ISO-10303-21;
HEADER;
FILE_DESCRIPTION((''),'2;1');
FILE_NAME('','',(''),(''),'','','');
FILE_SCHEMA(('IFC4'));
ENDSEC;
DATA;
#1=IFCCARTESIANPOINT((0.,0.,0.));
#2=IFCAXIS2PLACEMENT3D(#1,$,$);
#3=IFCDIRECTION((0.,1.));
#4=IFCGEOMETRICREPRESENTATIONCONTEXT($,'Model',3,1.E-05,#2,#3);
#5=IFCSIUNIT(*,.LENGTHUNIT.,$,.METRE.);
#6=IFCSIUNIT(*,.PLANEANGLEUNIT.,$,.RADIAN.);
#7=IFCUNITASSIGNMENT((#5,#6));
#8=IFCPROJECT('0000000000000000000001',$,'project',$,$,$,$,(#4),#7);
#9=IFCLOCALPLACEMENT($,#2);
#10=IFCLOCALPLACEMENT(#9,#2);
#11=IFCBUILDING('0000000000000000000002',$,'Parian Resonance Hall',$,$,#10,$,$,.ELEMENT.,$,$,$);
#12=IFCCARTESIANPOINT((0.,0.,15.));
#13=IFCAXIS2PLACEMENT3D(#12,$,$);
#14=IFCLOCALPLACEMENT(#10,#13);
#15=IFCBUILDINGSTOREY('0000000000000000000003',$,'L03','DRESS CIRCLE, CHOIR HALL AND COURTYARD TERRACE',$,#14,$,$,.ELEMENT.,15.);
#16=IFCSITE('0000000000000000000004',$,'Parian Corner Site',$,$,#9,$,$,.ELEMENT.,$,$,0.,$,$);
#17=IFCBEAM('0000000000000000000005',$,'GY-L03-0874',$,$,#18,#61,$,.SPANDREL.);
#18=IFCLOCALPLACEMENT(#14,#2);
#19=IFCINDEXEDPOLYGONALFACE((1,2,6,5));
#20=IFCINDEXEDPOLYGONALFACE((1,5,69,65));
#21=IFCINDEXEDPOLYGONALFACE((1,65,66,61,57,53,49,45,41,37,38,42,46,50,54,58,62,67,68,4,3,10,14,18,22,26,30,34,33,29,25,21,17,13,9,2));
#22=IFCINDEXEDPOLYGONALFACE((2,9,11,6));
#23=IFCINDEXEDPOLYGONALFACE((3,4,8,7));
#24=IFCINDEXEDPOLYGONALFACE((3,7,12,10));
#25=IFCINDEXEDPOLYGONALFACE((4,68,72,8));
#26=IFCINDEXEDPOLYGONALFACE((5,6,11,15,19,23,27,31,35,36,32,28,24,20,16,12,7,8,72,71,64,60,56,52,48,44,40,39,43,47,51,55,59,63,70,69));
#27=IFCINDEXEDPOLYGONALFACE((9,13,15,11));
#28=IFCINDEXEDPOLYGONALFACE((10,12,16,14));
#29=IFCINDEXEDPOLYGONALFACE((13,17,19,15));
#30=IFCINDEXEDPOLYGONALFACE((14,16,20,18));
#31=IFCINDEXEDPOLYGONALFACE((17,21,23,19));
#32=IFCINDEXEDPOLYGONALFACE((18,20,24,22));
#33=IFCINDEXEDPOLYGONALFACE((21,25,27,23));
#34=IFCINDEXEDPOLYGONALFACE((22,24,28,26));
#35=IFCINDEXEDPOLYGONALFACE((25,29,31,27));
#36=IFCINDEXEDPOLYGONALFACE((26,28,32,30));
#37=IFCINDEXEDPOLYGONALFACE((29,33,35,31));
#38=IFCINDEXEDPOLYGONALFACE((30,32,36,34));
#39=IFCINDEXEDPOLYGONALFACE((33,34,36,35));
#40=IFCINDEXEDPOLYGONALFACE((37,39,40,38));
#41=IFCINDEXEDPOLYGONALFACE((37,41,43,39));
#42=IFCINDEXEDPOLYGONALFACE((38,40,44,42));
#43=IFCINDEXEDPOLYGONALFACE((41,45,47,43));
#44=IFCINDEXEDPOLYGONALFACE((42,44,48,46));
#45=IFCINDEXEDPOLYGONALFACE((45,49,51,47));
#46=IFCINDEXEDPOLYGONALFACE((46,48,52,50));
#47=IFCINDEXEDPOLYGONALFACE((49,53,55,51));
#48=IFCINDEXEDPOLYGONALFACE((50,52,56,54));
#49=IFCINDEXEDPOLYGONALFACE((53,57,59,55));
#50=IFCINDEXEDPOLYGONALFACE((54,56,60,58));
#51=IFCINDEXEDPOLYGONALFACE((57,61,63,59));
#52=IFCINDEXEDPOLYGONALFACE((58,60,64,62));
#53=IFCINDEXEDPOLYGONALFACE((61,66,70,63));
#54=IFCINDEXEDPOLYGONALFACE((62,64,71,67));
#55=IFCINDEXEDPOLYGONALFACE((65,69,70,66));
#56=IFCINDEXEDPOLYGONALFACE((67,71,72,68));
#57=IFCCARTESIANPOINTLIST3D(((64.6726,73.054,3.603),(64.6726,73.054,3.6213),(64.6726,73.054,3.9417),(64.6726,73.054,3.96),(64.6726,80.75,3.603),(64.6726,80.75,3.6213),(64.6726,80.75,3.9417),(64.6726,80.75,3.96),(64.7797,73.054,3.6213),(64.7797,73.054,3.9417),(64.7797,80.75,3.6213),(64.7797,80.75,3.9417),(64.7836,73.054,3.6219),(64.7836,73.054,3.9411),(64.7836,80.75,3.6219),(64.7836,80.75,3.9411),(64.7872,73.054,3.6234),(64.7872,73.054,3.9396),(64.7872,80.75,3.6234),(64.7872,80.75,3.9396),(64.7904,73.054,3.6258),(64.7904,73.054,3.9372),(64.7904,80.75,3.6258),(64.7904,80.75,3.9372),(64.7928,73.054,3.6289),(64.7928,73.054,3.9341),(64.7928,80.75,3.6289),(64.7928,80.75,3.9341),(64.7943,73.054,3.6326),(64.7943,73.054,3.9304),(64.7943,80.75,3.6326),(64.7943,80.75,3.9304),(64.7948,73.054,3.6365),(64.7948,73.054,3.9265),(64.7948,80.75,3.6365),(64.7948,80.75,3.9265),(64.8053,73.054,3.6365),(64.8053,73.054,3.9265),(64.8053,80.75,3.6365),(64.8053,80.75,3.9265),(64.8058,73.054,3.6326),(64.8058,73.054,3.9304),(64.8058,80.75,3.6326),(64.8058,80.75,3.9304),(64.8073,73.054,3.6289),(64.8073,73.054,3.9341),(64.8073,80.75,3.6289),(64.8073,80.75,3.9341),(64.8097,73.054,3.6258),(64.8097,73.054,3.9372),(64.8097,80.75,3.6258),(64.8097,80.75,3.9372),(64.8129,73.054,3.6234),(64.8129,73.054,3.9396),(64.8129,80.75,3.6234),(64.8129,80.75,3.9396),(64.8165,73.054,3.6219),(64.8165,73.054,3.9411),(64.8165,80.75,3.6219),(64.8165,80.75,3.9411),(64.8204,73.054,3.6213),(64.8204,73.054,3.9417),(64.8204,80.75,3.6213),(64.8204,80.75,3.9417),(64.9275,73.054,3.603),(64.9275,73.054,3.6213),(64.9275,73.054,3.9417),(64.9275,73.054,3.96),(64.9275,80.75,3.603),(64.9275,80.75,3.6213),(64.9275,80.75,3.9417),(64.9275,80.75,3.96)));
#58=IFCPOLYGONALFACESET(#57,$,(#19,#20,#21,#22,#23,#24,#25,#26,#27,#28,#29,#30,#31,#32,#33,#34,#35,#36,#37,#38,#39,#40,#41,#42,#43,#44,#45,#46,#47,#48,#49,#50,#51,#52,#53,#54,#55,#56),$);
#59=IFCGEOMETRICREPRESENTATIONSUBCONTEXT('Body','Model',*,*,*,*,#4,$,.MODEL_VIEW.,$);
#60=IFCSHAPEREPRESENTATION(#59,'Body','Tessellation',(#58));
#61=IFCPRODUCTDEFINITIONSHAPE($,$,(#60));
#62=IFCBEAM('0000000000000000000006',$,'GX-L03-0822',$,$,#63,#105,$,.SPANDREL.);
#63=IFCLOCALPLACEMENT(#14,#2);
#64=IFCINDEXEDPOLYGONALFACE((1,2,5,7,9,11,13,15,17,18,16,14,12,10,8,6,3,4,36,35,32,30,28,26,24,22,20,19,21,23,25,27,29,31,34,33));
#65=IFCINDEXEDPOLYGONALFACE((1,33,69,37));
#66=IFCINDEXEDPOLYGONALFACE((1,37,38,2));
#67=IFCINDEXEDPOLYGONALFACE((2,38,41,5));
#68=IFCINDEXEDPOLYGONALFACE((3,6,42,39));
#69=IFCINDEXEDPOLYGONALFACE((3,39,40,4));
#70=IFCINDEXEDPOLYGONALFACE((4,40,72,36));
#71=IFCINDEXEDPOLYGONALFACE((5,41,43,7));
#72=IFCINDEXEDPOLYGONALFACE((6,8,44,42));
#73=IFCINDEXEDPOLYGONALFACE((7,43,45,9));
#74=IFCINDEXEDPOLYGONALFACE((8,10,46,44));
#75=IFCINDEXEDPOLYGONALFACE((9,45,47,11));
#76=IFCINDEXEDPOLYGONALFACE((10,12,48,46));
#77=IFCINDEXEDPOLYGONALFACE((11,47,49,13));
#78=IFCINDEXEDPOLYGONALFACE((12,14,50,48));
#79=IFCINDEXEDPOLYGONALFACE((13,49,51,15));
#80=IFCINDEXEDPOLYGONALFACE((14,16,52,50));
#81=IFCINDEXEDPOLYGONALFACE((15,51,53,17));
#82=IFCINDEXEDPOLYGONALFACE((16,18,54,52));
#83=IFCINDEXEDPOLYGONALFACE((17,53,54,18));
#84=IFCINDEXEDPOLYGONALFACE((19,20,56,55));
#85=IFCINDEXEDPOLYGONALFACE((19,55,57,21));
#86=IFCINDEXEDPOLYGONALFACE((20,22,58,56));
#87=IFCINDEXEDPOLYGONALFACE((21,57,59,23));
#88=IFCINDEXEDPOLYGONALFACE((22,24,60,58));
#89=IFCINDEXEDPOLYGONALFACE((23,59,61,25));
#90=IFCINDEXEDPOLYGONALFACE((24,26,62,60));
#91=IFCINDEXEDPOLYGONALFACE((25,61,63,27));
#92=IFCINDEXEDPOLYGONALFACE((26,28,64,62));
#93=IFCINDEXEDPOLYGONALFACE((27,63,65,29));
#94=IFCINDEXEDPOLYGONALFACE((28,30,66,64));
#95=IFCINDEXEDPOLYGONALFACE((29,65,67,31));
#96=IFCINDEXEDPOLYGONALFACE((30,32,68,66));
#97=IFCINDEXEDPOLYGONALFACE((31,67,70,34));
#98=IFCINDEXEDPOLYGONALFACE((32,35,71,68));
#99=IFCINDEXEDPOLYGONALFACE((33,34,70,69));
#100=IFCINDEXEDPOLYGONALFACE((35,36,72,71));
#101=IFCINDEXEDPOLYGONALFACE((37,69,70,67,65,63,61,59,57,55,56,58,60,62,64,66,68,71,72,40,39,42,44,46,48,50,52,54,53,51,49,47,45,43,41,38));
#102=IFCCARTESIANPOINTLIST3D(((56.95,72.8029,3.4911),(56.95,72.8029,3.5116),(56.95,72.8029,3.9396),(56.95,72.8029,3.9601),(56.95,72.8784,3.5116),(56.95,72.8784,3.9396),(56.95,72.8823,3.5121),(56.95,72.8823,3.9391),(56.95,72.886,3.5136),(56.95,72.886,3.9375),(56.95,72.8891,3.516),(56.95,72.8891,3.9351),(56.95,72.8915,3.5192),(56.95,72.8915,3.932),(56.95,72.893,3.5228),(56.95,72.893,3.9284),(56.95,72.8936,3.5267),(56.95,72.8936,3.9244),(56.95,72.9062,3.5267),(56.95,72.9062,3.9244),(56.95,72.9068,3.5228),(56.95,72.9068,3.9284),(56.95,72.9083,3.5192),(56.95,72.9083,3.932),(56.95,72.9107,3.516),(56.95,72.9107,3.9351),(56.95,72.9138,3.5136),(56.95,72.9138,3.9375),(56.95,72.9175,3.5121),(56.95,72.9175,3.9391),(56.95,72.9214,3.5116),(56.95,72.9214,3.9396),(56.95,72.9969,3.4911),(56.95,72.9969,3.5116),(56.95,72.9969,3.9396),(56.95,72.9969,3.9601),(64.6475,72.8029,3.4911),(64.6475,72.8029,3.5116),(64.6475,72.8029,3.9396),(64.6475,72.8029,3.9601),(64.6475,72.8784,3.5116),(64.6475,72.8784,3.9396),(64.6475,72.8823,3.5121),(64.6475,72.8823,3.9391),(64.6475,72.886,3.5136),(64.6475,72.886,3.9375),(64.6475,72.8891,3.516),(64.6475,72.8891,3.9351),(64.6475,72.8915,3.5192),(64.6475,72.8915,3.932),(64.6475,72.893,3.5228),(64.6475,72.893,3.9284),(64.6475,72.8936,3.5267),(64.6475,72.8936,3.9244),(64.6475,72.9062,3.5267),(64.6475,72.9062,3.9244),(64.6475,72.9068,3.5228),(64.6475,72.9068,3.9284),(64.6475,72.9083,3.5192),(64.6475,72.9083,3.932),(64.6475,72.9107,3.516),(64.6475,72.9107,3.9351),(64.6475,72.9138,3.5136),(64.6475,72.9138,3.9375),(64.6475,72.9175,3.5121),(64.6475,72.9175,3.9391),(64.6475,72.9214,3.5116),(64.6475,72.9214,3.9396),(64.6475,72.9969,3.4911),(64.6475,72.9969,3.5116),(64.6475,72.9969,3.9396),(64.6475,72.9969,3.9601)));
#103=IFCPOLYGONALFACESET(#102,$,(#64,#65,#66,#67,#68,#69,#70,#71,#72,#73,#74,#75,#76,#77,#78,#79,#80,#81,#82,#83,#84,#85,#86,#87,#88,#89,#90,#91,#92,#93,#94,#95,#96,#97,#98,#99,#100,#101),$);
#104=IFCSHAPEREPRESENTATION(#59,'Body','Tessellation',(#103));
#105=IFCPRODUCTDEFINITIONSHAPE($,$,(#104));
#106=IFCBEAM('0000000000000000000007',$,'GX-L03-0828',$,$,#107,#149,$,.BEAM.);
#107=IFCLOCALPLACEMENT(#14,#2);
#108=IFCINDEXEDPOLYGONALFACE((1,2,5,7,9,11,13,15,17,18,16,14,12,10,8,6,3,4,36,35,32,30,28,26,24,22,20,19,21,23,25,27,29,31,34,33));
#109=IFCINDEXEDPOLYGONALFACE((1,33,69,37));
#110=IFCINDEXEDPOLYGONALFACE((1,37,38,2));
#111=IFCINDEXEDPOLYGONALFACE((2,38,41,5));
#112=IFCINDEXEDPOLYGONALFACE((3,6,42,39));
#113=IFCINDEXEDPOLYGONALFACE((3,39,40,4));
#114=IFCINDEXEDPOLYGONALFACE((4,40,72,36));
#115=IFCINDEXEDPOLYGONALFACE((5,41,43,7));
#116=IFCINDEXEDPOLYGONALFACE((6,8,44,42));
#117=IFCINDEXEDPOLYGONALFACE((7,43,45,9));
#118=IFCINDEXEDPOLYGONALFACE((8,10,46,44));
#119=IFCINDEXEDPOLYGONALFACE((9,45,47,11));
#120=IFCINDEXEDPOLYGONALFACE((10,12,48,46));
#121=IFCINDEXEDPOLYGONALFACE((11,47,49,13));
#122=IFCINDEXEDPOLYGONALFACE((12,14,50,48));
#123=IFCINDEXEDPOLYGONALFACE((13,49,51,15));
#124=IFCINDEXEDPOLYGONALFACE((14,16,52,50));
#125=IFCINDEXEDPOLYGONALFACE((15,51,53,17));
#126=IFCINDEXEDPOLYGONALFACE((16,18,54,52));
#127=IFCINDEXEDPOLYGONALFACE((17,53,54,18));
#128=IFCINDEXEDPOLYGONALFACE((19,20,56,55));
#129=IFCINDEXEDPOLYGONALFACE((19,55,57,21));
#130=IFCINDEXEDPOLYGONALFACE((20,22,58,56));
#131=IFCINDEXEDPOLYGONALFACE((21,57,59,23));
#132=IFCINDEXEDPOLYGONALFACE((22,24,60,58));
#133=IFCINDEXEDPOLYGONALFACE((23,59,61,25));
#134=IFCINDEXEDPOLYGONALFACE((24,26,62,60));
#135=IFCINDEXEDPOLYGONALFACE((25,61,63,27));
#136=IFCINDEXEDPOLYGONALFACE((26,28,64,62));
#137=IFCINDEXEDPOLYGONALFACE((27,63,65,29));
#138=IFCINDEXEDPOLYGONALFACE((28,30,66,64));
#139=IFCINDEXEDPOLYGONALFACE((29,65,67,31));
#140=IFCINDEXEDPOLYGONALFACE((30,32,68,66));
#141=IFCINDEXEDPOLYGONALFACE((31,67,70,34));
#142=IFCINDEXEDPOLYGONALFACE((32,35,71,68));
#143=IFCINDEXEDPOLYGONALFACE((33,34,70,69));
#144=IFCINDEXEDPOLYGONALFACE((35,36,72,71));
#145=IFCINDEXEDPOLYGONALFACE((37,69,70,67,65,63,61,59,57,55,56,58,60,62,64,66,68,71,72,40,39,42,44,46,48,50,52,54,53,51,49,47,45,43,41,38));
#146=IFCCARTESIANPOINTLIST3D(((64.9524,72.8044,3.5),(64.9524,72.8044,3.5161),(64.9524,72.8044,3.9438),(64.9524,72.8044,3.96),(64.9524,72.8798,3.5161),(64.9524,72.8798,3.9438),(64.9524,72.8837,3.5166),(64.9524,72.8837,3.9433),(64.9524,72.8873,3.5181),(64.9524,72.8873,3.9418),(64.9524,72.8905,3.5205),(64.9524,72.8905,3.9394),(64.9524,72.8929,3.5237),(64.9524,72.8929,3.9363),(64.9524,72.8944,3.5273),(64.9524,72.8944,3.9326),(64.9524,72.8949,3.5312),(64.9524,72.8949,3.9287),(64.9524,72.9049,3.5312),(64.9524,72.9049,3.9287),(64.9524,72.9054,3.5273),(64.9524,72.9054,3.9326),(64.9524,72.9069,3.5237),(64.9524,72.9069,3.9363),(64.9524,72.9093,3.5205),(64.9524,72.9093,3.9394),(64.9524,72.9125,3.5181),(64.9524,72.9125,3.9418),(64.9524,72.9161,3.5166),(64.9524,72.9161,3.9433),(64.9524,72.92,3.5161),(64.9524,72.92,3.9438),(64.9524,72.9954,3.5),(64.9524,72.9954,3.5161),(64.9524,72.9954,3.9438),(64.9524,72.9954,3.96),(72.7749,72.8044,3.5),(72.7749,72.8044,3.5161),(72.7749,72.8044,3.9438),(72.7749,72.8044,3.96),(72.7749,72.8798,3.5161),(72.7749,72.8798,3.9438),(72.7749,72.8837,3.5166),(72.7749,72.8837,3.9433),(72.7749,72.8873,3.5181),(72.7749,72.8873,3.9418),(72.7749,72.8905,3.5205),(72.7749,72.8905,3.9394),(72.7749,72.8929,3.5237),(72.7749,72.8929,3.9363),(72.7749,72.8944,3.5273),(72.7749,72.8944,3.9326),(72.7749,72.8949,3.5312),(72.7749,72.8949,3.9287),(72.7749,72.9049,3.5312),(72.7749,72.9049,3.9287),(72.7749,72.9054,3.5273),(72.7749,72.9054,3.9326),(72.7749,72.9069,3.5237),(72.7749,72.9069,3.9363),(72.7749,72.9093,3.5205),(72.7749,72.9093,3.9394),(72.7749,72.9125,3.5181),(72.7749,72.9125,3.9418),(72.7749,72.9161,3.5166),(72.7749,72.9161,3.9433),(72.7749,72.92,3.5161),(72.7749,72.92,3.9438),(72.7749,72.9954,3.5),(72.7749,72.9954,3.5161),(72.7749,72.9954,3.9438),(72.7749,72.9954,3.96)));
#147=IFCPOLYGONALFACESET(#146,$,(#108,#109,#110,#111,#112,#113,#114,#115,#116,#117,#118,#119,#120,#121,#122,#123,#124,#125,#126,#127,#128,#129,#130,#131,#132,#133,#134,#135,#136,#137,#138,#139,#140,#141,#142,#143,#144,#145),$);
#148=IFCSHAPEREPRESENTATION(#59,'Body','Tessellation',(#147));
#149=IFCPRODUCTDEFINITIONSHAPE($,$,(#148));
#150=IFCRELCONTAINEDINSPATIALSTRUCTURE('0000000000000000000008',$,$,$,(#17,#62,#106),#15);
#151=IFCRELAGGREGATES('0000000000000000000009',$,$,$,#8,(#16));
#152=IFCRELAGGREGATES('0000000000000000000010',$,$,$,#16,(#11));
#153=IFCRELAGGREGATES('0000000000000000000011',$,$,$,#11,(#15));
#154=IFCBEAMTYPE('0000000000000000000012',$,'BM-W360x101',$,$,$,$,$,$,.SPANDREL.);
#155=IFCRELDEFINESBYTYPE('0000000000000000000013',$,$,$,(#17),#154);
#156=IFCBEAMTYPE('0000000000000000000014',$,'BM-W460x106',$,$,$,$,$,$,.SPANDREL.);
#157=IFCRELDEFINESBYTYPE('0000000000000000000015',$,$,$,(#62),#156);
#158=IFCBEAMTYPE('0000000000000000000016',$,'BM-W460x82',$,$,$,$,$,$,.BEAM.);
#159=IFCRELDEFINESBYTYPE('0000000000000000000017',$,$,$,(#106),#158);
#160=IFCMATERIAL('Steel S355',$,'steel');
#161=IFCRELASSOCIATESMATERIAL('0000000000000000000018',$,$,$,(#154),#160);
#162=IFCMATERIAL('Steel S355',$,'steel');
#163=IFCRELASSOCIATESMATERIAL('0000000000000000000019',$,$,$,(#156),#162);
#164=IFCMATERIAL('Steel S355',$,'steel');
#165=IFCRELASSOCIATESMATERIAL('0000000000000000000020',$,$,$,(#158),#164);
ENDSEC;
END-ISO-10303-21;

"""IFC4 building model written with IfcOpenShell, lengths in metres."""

from ifc_helpers import new_model, si_unit, direction, frame, origin, origin_2d, place, context, subcontext, project, spatial, i_section, extrude, material, material_profile, profile_set, type_object, element, save


model = new_model("IFC4")

# Units and contexts
model_context = context("Model", 3, precision=1e-05, world=origin(), true_north=direction((0.0, 1.0)))
body_context = subcontext(model_context, "Body", "Model", "MODEL_VIEW")
ifc_project = project(units=[si_unit("LENGTHUNIT", "METRE"), si_unit("PLANEANGLEUNIT", "RADIAN")], contexts=[model_context])

# Site, building, storey
site_placement = place(None, origin())
site = spatial("IfcSite", under=ifc_project, at=site_placement, Name="Parian Corner Site", CompositionType="ELEMENT", RefElevation=0.0)
building_placement = place(site_placement, origin())
building = spatial("IfcBuilding", under=site, at=building_placement, Name="Parian Resonance Hall", CompositionType="ELEMENT")
storey_placement = place(building_placement, frame((0.0, 0.0, 15.0)))
storey = spatial("IfcBuildingStorey", under=building, at=storey_placement, Name="L03", Description="DRESS CIRCLE, CHOIR HALL AND COURTYARD TERRACE", CompositionType="ELEMENT", Elevation=15.0)

# Beams
ifc_material_1 = material(Name="Steel S355", Category="steel")
ifc_material_profile_1 = material_profile(ifc_material_1, i_section(OverallWidth=0.2549, OverallDepth=0.3569, WebThickness=0.0105, FlangeThickness=0.0183, FilletRadius=0.0151, at=origin_2d()), Name="W360x101")
ifc_profile_set_1 = profile_set([ifc_material_profile_1], Name="Steel S355")
beam_type_1 = type_object("IfcBeamType", Name="BM-W360x101", PredefinedType="SPANDREL", material=ifc_profile_set_1)
for number, where, z_axis, x_axis, name in (
    (1, (64.8, 73.054, 3.7815), (0.0, 1.0, 0.0), (-1.0, 0.0, 0.0), "GY-L03-0874"),
):
    element("IfcBeam", number, at=place(storey_placement, frame(where, z_axis=z_axis, x_axis=x_axis)), inside=storey, type_object=beam_type_1, Name=name, PredefinedType="SPANDREL", context=body_context, shape_type="SweptSolid", body=[
        extrude(i_section(OverallWidth=0.2549, OverallDepth=0.3569, WebThickness=0.0105, FlangeThickness=0.0183, FilletRadius=0.0151, at=origin_2d()), origin(), (0.0, 0.0, 1.0), 7.696),
    ])
ifc_material_2 = material(Name="Steel S355", Category="steel")
ifc_material_profile_2 = material_profile(ifc_material_2, i_section(OverallWidth=0.1941, OverallDepth=0.469, WebThickness=0.0127, FlangeThickness=0.0205, FilletRadius=0.0151, at=origin_2d()), Name="W460x106")
ifc_profile_set_2 = profile_set([ifc_material_profile_2], Name="Steel S355")
beam_type_2 = type_object("IfcBeamType", Name="BM-W460x106", PredefinedType="SPANDREL", material=ifc_profile_set_2)
beam_1_placement = place(storey_placement, frame((56.95, 72.8999, 3.7256), z_axis=(1.0, 0.0, 0.0), x_axis=(0.0, 1.0, 0.0)))
element("IfcBeam", 2, at=beam_1_placement, inside=storey, type_object=beam_type_2, Name="GX-L03-0822", PredefinedType="SPANDREL", context=body_context, shape_type="SweptSolid", body=[
    extrude(i_section(OverallWidth=0.1941, OverallDepth=0.469, WebThickness=0.0127, FlangeThickness=0.0205, FilletRadius=0.0151, at=origin_2d()), origin(), (0.0, 0.0, 1.0), 7.6975),
])
ifc_material_3 = material(Name="Steel S355", Category="steel")
ifc_material_profile_3 = material_profile(ifc_material_3, i_section(OverallWidth=0.1909, OverallDepth=0.46, WebThickness=0.01, FlangeThickness=0.0161, FilletRadius=0.0151, at=origin_2d()), Name="W460x82")
ifc_profile_set_3 = profile_set([ifc_material_profile_3], Name="Steel S355")
beam_type_3 = type_object("IfcBeamType", Name="BM-W460x82", PredefinedType="BEAM", material=ifc_profile_set_3)
beam_2_placement = place(storey_placement, frame((64.9524, 72.8999, 3.73), z_axis=(1.0, 0.0, 0.0), x_axis=(0.0, 1.0, 0.0)))
element("IfcBeam", 3, at=beam_2_placement, inside=storey, type_object=beam_type_3, Name="GX-L03-0828", PredefinedType="BEAM", context=body_context, shape_type="SweptSolid", body=[
    extrude(i_section(OverallWidth=0.1909, OverallDepth=0.46, WebThickness=0.01, FlangeThickness=0.0161, FilletRadius=0.0151, at=origin_2d()), origin(), (0.0, 0.0, 1.0), 7.8225),
])

save(model, "model.ifc")
